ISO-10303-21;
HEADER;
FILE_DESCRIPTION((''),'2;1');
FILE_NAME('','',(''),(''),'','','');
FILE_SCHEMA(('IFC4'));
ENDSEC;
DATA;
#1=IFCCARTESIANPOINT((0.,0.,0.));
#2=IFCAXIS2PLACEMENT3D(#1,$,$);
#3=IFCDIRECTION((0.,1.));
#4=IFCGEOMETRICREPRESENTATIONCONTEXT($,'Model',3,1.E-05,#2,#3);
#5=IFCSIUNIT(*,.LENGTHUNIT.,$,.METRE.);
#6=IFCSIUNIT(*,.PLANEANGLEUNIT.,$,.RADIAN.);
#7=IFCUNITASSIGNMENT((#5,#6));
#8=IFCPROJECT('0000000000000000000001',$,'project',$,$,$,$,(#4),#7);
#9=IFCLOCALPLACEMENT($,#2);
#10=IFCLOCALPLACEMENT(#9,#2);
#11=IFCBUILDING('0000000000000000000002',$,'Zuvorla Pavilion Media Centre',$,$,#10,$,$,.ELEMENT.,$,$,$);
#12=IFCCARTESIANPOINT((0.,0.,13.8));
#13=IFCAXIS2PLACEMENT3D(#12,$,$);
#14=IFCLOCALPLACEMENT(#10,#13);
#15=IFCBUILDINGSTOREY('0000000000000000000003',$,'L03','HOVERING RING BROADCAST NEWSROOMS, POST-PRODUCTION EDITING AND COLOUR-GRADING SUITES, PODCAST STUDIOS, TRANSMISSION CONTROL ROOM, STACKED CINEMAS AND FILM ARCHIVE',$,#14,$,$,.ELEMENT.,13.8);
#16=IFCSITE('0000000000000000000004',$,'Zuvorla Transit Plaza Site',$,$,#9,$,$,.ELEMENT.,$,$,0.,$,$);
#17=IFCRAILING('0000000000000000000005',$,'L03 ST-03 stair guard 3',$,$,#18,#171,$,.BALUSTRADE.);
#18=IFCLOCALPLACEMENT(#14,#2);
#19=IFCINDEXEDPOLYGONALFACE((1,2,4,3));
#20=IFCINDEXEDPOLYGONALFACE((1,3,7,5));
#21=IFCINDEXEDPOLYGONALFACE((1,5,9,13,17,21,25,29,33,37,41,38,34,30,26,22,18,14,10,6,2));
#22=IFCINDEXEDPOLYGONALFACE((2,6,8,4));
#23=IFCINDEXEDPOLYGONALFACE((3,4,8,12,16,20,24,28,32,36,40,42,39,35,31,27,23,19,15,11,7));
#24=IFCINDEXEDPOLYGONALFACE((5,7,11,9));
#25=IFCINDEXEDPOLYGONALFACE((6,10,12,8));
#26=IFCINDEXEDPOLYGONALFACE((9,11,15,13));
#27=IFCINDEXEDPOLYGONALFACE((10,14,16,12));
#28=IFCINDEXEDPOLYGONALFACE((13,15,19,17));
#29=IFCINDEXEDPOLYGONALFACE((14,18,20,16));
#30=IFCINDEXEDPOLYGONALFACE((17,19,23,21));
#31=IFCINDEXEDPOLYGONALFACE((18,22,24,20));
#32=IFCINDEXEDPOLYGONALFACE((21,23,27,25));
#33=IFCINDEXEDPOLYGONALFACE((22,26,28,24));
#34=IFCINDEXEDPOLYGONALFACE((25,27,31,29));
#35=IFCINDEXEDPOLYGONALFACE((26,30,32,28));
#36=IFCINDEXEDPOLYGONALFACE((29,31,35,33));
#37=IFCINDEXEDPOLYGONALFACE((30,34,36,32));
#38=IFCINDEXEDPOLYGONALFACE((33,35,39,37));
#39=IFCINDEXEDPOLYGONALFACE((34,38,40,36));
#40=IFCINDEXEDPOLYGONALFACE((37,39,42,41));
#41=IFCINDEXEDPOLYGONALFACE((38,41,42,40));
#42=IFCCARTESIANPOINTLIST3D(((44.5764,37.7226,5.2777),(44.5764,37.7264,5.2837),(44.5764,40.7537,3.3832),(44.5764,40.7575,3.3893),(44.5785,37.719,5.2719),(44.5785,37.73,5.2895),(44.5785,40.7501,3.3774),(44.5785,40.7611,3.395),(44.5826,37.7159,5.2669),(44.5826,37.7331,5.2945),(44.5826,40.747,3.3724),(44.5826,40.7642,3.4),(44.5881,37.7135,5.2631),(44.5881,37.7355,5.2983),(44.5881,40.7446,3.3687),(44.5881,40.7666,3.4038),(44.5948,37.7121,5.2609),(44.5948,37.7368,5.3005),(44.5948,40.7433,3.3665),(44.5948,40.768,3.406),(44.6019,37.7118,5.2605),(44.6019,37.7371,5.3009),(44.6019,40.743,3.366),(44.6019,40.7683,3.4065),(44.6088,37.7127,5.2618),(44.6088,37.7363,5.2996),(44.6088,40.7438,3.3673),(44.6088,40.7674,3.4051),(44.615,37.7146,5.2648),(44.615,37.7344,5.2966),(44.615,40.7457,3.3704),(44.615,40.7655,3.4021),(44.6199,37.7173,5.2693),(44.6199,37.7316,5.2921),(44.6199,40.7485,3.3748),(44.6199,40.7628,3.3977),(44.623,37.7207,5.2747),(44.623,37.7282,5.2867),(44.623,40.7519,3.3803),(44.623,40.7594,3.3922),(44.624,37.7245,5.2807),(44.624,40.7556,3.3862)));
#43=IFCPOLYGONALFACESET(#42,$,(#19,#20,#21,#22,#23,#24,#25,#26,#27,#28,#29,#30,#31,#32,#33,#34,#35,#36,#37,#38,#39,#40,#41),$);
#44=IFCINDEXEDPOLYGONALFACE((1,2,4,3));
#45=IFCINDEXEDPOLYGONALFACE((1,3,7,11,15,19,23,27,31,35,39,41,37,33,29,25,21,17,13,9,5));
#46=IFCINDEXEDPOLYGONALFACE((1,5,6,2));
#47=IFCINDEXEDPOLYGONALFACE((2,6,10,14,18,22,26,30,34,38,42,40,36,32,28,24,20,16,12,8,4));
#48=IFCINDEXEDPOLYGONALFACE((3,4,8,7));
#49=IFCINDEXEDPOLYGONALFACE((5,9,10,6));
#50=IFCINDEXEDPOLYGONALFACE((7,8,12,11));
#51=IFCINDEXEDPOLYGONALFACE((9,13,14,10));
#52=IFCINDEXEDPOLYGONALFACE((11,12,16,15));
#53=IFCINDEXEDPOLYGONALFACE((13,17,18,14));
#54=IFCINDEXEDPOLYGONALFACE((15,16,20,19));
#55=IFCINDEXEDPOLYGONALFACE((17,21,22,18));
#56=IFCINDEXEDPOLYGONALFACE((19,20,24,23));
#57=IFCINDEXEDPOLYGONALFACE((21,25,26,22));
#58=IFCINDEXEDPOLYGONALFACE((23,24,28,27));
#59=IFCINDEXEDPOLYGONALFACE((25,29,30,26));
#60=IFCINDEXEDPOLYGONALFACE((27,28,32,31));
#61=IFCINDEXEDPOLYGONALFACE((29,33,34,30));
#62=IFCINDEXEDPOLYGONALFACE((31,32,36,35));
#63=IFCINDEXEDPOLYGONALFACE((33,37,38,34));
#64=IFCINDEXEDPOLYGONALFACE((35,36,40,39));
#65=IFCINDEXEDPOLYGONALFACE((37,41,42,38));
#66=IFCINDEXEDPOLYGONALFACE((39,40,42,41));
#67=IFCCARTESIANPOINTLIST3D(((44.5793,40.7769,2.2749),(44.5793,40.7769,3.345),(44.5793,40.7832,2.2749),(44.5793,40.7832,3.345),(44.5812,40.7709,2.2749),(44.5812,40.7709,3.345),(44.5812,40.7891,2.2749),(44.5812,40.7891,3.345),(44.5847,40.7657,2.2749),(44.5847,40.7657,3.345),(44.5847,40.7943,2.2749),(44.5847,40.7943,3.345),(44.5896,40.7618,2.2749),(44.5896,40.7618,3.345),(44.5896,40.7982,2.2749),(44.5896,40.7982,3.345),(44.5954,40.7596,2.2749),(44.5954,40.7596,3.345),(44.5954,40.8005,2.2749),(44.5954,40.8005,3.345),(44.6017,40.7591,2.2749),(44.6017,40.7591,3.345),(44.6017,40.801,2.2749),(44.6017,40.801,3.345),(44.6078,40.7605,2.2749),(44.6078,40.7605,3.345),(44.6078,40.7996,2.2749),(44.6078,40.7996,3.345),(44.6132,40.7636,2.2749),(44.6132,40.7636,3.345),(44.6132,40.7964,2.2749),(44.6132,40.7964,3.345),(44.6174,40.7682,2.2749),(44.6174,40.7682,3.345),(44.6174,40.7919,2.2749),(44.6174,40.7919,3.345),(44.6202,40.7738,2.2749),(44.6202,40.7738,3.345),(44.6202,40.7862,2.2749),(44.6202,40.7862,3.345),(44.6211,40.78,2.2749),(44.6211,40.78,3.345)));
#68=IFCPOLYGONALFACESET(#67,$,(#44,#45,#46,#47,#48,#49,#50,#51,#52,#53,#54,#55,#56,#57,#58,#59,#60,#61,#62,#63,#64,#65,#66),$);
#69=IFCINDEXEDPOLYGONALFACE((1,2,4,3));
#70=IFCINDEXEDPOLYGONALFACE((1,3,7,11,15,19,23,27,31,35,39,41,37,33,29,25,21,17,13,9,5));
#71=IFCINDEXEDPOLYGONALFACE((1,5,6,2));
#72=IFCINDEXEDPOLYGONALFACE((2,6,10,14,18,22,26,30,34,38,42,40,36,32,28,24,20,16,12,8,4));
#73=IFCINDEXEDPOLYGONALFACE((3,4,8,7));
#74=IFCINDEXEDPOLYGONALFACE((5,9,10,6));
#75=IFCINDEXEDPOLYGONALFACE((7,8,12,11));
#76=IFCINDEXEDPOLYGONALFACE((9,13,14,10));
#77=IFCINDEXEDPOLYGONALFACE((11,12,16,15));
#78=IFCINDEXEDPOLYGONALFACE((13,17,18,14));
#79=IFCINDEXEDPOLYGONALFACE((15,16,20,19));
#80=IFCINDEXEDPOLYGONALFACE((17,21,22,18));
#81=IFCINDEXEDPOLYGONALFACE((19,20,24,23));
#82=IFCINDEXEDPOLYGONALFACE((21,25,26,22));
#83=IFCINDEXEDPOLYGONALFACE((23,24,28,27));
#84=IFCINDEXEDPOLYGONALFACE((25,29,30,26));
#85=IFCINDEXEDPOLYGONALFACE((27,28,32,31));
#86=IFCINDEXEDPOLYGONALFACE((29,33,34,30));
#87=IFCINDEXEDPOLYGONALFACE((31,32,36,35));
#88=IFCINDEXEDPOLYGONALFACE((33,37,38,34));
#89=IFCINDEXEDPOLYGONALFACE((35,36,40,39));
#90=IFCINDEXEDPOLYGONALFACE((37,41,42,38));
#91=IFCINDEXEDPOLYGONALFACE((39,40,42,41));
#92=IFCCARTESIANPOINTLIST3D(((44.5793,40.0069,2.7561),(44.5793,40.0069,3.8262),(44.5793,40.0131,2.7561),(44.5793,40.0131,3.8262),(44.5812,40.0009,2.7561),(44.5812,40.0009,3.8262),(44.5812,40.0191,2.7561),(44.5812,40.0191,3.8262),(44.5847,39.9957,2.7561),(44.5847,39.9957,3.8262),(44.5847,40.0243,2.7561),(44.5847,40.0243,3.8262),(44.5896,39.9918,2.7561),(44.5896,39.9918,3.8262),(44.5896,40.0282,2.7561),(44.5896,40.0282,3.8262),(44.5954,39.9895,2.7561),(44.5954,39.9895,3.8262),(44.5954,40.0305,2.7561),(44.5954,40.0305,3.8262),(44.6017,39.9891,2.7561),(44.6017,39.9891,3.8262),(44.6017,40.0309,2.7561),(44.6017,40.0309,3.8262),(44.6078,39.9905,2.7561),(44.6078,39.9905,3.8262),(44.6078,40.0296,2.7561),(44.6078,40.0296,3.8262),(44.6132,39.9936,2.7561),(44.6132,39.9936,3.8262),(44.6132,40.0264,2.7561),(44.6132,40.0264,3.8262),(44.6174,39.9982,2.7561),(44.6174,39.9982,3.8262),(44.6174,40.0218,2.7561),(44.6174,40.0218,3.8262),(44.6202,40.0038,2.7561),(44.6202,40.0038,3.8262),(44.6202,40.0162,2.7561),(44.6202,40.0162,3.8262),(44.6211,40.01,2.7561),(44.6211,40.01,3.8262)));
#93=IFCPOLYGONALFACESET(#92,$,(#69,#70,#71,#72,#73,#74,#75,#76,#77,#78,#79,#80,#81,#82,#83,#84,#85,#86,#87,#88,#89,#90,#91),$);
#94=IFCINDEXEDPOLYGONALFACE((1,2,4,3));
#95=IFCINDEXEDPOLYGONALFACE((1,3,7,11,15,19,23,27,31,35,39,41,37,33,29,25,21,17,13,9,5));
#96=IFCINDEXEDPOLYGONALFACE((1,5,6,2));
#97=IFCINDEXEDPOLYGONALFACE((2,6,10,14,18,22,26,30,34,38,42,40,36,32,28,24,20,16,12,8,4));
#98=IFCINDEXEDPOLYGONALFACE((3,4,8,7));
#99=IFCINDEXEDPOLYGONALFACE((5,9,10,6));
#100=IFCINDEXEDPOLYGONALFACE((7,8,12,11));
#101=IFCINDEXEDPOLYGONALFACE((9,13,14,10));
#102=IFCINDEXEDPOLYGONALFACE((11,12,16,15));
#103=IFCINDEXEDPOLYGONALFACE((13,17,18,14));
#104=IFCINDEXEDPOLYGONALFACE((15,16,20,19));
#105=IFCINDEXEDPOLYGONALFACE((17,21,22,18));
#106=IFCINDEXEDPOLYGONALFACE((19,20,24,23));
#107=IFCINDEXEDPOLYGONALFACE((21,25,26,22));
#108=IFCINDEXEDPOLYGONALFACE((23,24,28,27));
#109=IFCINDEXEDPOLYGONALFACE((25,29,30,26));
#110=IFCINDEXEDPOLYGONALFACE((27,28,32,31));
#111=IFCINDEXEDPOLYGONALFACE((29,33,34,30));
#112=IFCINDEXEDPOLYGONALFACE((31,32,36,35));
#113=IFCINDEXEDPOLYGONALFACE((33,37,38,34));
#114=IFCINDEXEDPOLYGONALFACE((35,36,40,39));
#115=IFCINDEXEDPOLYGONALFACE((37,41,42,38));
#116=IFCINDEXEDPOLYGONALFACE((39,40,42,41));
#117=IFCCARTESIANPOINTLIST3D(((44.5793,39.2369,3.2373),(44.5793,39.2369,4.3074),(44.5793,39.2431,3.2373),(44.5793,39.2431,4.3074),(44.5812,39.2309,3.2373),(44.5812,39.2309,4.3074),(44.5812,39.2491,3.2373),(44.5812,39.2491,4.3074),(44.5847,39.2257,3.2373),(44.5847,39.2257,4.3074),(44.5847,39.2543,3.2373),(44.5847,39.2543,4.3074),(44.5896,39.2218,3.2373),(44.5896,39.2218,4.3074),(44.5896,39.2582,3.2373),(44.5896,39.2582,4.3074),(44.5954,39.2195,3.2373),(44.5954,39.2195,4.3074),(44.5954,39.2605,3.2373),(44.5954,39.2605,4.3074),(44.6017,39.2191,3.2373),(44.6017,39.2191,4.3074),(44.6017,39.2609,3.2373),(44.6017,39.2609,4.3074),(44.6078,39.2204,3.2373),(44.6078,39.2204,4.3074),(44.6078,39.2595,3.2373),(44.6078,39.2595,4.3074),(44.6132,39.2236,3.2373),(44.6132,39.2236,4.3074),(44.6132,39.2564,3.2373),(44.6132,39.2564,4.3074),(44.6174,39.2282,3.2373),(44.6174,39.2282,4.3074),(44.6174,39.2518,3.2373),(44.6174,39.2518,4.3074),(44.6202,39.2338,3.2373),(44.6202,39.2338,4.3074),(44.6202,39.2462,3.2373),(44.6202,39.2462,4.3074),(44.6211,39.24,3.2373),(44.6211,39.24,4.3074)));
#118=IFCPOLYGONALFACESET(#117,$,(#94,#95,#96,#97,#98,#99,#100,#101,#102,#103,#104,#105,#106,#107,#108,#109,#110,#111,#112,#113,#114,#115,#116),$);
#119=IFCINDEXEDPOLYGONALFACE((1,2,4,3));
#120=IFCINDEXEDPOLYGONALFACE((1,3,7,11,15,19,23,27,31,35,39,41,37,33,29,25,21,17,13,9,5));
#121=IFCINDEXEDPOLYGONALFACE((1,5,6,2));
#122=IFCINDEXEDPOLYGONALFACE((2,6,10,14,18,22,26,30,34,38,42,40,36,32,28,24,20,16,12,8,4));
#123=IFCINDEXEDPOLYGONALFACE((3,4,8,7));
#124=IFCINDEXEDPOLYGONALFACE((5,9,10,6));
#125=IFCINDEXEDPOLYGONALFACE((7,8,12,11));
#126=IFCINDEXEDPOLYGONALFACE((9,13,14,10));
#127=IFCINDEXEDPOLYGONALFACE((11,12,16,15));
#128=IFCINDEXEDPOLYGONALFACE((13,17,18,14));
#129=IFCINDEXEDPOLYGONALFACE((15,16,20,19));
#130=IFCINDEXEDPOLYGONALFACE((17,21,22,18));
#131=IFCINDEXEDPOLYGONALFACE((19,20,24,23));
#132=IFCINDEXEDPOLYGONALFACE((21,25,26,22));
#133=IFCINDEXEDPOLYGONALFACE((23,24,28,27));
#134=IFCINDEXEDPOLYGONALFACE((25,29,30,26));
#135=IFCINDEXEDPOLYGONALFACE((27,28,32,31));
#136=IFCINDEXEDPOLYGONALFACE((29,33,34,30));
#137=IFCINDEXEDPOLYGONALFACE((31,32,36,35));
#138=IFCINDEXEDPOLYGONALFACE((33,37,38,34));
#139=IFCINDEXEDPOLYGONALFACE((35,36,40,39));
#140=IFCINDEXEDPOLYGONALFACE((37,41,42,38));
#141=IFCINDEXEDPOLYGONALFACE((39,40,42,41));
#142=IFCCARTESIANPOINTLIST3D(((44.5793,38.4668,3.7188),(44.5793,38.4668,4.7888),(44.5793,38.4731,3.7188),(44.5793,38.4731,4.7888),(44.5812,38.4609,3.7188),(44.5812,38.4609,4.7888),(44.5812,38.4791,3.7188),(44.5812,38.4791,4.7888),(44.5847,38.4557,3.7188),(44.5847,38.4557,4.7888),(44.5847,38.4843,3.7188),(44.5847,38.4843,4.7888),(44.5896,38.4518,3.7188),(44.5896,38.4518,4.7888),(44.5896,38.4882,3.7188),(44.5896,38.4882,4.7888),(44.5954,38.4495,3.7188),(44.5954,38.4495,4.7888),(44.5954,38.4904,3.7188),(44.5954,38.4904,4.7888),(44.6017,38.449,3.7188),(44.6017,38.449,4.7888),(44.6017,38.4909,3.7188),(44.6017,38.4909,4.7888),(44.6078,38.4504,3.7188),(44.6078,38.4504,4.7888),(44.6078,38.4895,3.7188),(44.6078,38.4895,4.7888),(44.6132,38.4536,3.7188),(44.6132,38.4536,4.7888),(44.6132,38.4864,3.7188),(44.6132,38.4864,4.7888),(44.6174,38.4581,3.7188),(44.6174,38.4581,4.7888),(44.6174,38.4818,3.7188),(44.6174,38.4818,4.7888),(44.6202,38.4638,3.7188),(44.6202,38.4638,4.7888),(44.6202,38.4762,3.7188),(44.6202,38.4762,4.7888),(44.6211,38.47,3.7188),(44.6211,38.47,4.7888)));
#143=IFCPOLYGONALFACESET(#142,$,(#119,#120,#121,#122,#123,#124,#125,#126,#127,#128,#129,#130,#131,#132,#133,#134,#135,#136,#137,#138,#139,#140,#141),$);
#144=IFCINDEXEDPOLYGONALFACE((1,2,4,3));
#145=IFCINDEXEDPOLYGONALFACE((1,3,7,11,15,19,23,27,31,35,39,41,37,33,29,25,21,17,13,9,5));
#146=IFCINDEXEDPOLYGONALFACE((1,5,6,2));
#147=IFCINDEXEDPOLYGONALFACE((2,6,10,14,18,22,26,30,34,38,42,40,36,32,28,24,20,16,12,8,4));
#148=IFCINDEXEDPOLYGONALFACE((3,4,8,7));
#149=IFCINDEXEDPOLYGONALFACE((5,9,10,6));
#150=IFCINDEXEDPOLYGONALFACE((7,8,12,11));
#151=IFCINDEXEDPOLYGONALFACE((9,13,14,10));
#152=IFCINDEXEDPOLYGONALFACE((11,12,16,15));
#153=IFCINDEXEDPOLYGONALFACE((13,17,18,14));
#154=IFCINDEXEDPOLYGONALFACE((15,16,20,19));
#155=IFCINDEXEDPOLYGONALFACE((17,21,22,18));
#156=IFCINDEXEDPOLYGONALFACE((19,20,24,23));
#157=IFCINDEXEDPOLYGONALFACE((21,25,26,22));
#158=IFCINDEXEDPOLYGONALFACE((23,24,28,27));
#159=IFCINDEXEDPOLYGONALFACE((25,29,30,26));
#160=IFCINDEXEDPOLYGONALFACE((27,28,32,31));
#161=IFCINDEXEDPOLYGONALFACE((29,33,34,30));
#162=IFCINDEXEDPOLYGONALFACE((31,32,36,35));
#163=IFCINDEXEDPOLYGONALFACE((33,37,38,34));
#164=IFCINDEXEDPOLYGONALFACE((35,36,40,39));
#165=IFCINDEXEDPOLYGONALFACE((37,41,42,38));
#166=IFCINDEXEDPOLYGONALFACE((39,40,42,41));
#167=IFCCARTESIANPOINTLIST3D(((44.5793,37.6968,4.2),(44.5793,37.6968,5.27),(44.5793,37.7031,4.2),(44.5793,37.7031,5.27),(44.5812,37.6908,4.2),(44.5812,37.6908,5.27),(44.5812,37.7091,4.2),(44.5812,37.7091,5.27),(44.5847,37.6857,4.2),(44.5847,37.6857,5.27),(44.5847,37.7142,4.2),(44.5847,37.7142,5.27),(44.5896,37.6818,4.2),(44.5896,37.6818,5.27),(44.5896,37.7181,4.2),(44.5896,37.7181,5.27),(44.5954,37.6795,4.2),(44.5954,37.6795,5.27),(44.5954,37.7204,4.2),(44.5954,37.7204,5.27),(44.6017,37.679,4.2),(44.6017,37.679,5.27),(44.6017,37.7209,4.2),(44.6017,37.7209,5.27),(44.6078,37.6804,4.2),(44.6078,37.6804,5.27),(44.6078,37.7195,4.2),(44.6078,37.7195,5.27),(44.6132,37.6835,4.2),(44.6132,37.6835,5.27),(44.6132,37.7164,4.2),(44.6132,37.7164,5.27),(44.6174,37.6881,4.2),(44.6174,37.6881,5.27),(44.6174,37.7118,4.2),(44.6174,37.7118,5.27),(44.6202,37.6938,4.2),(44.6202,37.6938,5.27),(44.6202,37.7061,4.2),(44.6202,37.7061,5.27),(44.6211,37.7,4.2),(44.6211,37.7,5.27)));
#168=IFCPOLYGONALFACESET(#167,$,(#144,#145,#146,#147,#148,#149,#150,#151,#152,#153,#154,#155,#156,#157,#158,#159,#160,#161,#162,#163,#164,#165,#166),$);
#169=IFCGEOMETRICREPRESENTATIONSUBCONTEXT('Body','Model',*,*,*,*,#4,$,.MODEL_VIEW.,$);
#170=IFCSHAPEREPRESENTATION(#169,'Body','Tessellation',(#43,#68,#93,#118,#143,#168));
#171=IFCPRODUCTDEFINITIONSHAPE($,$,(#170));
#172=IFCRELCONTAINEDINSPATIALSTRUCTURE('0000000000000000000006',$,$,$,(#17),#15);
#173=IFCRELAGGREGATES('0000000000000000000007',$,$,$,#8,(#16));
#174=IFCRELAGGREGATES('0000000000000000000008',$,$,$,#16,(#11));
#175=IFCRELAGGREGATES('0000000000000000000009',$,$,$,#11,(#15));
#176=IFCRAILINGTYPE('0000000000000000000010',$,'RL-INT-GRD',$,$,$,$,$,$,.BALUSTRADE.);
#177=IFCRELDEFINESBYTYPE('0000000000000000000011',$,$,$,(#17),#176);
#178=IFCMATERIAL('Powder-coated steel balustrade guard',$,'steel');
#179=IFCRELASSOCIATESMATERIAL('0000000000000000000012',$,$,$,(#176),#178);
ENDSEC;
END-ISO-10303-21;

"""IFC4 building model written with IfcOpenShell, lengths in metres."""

from ifc_helpers import new_model, si_unit, direction, frame, origin, origin_2d, place, context, subcontext, project, spatial, circle, extrude, material, type_object, element, save


model = new_model("IFC4")

# Units and contexts
model_context = context("Model", 3, precision=1e-05, world=origin(), true_north=direction((0.0, 1.0)))
body_context = subcontext(model_context, "Body", "Model", "MODEL_VIEW")
ifc_project = project(units=[si_unit("LENGTHUNIT", "METRE"), si_unit("PLANEANGLEUNIT", "RADIAN")], contexts=[model_context])

# Site, building, storey
site_placement = place(None, origin())
site = spatial("IfcSite", under=ifc_project, at=site_placement, Name="Zuvorla Transit Plaza Site", CompositionType="ELEMENT", RefElevation=0.0)
building_placement = place(site_placement, origin())
building = spatial("IfcBuilding", under=site, at=building_placement, Name="Zuvorla Pavilion Media Centre", CompositionType="ELEMENT")
storey_placement = place(building_placement, frame((0.0, 0.0, 13.8)))
storey = spatial("IfcBuildingStorey", under=building, at=storey_placement, Name="L03", Description="HOVERING RING BROADCAST NEWSROOMS, POST-PRODUCTION EDITING AND COLOUR-GRADING SUITES, PODCAST STUDIOS, TRANSMISSION CONTROL ROOM, STACKED CINEMAS AND FILM ARCHIVE", CompositionType="ELEMENT", Elevation=13.8)

# Railing
ifc_material_1 = material(Name="Powder-coated steel balustrade guard", Category="steel")
railing_type_1 = type_object("IfcRailingType", Name="RL-INT-GRD", PredefinedType="BALUSTRADE", material=ifc_material_1)
railing_1_placement = place(storey_placement, frame((44.6001, 40.78, 2.2749)))
element("IfcRailing", 1, at=railing_1_placement, inside=storey, type_object=railing_type_1, Name="L03 ST-03 stair guard 3", PredefinedType="BALUSTRADE", context=body_context, shape_type="SweptSolid", body=[
    extrude(circle(Radius=0.0239, at=origin_2d()), frame((0.0, -0.0244, 1.1113), z_axis=(0.0, -0.847998, 0.529999), x_axis=(1.0, 0.0, 0.0)), (0.0, 0.0, 1.0), 3.5745),
    extrude(circle(Radius=0.021, at=origin_2d()), origin(), (0.0, 0.0, 1.0), 1.0701),
    extrude(circle(Radius=0.021, at=origin_2d()), frame((0.0, -0.77, 0.4812)), (0.0, 0.0, 1.0), 1.0701),
    extrude(circle(Radius=0.021, at=origin_2d()), frame((0.0, -1.54, 0.9624)), (0.0, 0.0, 1.0), 1.0701),
    extrude(circle(Radius=0.021, at=origin_2d()), frame((0.0, -2.3101, 1.4438)), (0.0, 0.0, 1.0), 1.0701),
    extrude(circle(Radius=0.021, at=origin_2d()), frame((0.0, -3.0801, 1.925)), (0.0, 0.0, 1.0), 1.0701),
])

save(model, "model.ifc")
